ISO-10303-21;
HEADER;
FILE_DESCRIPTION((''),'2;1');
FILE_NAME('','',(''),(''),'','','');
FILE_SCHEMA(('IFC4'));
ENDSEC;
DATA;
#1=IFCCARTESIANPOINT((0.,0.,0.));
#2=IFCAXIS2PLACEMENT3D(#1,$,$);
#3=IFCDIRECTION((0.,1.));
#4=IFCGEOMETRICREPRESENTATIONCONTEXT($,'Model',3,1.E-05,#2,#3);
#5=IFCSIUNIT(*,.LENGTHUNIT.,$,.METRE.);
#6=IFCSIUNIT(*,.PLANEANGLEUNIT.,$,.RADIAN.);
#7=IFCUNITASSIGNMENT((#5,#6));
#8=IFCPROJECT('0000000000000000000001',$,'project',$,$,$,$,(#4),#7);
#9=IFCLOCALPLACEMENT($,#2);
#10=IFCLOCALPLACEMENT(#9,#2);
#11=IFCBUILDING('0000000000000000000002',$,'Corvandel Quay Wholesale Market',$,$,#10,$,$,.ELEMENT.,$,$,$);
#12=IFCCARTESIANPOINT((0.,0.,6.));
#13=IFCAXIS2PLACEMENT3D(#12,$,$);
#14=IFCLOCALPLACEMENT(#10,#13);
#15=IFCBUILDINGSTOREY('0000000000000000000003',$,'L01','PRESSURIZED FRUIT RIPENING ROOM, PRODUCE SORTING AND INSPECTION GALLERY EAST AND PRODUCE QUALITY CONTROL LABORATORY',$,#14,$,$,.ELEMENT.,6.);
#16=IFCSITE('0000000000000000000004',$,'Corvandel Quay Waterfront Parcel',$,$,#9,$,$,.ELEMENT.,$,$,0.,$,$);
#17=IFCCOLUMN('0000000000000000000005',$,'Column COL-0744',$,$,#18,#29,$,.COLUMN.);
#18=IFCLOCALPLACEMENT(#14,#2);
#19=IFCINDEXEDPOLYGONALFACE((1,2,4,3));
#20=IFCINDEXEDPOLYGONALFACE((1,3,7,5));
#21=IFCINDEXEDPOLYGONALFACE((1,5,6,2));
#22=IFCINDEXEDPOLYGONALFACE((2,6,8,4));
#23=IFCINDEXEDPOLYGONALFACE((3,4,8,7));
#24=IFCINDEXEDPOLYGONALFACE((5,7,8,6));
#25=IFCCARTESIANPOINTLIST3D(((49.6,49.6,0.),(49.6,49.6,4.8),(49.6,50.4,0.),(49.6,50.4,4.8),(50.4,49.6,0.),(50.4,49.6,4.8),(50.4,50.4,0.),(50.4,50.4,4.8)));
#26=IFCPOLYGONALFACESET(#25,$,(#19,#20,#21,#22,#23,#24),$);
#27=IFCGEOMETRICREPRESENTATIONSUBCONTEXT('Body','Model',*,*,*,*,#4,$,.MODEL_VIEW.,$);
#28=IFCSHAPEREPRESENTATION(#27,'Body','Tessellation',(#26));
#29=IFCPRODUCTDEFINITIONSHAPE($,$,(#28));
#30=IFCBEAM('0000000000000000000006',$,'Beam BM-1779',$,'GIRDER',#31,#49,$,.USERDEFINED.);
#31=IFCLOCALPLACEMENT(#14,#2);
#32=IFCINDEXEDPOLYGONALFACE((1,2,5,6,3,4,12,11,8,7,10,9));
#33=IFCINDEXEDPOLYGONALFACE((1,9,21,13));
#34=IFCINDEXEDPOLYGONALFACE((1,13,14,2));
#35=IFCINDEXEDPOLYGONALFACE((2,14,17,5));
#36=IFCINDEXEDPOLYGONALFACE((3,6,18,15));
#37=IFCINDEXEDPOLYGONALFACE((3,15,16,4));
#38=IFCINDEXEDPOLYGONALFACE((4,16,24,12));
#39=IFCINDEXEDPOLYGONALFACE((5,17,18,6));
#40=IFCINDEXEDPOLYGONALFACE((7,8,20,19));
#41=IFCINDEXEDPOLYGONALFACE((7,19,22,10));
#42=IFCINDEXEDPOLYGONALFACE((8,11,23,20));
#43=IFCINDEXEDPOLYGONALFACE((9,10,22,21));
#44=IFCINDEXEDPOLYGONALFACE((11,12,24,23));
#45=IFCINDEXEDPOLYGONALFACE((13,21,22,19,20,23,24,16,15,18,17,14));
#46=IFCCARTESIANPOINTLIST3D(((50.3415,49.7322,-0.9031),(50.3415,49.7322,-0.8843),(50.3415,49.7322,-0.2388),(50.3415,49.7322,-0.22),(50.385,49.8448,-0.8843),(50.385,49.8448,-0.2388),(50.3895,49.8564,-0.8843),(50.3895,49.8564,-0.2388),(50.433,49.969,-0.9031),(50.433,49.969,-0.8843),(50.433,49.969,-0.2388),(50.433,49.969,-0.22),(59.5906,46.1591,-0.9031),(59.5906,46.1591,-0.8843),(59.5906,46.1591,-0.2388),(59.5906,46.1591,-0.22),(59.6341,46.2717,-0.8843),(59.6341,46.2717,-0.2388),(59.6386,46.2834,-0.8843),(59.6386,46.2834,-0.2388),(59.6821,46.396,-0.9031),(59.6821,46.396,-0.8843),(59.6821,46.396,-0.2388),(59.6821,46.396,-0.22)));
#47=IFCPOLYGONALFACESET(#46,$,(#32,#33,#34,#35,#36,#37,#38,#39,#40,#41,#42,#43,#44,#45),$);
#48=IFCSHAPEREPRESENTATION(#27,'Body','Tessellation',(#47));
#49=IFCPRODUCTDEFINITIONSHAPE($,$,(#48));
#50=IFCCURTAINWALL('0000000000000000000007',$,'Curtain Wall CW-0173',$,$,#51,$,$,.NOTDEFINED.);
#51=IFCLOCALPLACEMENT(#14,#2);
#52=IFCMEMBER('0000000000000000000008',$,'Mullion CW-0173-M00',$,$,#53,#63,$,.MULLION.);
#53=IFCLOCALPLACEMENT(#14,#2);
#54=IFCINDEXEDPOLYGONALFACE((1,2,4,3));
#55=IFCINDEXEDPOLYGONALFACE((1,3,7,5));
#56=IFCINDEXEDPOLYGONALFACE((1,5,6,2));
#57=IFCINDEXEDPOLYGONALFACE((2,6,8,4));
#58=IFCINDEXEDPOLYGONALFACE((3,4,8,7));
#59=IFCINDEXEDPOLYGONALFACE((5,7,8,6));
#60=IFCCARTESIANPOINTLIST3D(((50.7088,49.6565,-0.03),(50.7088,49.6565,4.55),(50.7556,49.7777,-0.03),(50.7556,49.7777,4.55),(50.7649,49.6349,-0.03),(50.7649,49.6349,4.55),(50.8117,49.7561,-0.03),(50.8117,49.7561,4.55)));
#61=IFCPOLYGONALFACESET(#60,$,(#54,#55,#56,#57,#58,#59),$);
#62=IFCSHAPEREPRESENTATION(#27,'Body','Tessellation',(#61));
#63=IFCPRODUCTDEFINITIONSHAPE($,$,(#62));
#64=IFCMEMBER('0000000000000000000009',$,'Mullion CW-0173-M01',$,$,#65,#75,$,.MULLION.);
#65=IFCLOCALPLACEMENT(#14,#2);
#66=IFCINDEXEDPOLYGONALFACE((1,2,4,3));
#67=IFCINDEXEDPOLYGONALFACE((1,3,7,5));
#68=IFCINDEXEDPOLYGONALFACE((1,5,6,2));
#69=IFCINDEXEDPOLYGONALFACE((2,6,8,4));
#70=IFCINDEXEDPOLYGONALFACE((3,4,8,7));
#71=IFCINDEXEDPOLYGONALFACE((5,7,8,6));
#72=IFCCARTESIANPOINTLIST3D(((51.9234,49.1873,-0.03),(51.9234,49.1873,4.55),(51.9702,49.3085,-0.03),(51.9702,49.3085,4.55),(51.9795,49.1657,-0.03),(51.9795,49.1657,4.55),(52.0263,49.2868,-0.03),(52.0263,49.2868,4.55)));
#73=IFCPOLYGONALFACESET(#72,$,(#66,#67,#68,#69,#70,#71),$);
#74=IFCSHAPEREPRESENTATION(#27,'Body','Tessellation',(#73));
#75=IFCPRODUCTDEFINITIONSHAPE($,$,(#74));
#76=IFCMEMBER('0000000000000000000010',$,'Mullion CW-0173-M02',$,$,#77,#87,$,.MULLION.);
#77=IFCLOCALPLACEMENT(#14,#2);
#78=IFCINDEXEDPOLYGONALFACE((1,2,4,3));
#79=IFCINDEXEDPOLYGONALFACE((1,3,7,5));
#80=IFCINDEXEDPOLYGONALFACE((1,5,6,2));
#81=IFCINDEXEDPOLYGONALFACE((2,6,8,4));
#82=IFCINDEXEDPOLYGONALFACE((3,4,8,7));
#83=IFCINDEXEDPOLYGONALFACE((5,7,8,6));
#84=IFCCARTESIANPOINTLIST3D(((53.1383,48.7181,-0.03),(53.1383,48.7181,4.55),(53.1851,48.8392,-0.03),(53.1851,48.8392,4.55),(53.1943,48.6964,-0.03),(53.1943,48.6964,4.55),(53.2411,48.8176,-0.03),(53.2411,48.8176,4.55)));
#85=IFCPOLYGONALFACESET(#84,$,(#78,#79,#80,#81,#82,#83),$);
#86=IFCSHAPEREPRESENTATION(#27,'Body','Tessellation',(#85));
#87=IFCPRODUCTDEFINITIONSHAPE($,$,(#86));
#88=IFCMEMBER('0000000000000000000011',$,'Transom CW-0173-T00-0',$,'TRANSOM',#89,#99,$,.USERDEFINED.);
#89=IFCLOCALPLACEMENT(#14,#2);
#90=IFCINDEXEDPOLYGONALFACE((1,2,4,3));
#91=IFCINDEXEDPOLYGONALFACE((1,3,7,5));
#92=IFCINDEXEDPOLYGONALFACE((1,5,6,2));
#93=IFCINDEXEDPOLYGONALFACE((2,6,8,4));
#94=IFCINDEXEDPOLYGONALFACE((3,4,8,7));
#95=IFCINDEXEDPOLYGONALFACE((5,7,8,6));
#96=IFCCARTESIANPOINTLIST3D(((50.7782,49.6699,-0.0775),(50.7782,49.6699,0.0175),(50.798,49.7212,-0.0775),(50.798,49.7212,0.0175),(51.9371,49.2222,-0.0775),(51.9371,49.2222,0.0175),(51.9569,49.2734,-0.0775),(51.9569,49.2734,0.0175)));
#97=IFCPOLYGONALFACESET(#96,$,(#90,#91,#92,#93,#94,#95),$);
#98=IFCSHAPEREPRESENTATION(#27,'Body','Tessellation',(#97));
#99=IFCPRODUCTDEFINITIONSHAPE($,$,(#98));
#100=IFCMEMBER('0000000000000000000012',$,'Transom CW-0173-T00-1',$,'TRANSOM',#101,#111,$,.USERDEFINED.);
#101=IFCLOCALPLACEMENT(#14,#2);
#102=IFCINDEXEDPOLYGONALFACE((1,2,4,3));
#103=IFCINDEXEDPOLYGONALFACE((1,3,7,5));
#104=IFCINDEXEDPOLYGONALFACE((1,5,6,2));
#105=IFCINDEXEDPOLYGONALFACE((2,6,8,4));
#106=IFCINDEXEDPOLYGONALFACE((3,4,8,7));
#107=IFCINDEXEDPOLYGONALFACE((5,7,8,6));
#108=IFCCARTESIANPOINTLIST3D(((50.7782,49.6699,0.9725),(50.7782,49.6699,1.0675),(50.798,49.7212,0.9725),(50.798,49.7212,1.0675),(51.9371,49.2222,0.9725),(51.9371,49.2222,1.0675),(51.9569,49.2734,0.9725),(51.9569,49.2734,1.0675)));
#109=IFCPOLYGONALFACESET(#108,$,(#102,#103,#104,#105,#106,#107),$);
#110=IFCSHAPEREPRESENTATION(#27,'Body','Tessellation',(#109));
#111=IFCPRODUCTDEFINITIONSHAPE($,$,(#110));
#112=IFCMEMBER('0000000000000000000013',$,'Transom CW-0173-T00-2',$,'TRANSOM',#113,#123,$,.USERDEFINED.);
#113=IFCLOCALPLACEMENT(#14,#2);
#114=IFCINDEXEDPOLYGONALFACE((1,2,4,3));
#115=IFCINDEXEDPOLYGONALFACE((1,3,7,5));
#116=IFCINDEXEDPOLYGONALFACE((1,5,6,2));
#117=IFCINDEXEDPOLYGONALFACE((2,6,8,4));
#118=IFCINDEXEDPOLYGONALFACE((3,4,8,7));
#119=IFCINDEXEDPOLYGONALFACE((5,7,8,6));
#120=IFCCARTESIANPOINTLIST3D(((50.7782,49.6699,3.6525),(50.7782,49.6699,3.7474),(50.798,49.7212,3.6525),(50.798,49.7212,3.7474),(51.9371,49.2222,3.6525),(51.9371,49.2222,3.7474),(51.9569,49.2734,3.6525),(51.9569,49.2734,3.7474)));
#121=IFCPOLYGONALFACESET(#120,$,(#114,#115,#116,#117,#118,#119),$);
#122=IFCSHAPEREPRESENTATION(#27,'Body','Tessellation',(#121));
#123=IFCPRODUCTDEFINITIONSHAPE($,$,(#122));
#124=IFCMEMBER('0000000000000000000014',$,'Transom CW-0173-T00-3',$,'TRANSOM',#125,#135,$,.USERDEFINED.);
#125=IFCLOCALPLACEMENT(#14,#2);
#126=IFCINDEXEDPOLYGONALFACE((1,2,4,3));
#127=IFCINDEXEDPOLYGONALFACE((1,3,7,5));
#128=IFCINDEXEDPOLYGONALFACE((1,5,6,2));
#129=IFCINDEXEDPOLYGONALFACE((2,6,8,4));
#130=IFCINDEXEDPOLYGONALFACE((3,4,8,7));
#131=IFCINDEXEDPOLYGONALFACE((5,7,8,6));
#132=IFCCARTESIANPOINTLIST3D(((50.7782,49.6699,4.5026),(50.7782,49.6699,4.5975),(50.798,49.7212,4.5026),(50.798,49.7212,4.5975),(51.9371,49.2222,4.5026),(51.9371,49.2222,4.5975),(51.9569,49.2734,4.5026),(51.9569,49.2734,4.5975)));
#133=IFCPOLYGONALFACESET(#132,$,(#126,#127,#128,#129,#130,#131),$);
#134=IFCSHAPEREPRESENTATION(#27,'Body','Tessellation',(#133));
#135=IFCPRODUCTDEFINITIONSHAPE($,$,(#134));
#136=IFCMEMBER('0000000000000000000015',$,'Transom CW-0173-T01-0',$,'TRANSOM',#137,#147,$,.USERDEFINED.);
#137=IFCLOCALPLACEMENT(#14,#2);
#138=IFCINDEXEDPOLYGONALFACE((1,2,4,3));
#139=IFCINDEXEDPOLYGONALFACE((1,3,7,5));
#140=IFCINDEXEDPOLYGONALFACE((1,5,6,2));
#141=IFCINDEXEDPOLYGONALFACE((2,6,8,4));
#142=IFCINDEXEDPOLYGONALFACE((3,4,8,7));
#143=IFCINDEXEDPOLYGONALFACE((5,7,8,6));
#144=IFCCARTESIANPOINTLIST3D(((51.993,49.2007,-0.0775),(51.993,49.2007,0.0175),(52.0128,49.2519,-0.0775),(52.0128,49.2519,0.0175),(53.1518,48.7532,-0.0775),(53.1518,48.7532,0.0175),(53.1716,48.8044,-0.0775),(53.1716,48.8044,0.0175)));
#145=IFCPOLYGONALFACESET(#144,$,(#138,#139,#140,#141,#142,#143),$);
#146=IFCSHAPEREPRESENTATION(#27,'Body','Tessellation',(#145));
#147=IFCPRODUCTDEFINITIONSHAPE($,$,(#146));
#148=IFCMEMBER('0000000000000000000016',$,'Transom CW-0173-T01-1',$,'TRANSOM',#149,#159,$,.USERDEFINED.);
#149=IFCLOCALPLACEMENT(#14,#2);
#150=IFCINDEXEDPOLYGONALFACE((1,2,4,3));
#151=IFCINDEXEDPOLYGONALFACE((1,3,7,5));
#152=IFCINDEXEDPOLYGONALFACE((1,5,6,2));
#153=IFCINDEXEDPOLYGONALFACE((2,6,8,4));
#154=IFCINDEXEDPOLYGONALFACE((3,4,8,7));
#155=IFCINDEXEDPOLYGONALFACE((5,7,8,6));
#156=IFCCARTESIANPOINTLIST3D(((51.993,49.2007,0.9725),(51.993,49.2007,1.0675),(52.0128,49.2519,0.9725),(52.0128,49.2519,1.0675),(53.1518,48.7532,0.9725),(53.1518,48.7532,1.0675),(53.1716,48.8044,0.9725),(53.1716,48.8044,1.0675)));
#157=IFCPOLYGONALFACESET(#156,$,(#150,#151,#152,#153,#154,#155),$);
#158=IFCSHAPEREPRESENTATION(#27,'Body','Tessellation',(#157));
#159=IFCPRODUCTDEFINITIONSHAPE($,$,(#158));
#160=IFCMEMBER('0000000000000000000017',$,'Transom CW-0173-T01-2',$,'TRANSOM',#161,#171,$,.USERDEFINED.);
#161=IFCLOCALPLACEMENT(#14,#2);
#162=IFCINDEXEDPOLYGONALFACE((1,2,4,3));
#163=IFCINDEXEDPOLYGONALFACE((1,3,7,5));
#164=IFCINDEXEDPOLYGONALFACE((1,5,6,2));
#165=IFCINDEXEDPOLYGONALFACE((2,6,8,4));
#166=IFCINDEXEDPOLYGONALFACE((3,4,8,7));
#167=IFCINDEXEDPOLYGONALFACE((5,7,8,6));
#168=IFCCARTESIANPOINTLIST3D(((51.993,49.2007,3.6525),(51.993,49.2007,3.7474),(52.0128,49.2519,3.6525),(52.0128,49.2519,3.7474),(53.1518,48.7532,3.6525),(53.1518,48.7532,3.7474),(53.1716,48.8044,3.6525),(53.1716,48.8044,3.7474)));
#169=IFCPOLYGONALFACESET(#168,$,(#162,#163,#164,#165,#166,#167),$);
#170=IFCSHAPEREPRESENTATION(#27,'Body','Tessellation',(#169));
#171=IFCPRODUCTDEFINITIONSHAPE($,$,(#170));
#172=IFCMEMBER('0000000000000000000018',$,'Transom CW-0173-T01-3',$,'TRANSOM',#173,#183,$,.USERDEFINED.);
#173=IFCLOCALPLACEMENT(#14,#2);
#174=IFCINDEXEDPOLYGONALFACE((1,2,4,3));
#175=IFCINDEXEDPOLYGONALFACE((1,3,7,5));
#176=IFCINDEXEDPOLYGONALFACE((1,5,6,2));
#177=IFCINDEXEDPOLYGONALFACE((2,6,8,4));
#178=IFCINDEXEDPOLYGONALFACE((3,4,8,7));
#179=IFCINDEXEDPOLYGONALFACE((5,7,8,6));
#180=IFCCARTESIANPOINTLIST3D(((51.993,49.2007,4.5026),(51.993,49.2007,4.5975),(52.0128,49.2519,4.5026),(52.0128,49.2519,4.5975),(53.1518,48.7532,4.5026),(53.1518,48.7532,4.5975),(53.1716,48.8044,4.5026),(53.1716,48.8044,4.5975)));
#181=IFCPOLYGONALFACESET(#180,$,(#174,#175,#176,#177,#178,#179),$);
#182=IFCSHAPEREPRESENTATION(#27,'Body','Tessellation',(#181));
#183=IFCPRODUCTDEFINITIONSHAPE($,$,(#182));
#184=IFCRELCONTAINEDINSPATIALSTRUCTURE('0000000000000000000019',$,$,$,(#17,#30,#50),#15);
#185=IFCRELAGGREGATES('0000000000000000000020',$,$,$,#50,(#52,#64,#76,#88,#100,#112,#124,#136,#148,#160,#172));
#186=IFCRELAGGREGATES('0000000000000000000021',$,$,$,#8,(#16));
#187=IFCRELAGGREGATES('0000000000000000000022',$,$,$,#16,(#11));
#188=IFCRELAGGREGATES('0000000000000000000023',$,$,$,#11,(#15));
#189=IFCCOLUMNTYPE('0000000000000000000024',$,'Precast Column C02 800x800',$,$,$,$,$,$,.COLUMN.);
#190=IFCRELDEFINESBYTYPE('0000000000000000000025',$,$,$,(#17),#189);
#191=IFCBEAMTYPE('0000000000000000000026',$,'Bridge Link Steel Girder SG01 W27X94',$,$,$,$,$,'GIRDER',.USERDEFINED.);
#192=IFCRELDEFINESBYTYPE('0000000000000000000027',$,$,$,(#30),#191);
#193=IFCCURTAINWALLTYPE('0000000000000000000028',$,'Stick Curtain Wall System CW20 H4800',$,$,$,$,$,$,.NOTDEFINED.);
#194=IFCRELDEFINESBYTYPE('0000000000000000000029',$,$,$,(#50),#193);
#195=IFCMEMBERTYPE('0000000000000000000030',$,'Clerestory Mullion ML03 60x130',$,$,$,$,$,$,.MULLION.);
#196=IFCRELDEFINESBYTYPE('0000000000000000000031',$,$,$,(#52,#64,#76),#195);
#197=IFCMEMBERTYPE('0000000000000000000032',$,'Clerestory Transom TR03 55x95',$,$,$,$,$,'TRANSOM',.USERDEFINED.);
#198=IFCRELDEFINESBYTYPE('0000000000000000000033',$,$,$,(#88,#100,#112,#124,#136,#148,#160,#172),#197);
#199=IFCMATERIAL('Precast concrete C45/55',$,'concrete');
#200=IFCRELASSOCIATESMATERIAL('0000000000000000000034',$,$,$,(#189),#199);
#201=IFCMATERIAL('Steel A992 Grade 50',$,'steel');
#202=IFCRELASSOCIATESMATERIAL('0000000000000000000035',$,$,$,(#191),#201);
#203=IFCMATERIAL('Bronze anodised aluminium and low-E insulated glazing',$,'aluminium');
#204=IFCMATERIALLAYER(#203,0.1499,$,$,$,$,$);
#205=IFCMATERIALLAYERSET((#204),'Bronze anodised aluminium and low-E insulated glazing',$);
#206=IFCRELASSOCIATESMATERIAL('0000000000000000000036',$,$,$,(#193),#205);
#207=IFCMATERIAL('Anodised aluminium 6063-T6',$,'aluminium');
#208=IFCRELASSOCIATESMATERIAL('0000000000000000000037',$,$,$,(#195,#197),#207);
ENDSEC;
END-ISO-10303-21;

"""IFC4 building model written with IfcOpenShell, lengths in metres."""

from ifc_helpers import new_model, si_unit, direction, frame, origin, origin_2d, place, context, subcontext, project, spatial, rectangle, i_section, extrude, material, layer, layer_set, material_profile, profile_set, type_object, element, aggregate, save


model = new_model("IFC4")

# Units and contexts
model_context = context("Model", 3, precision=1e-05, world=origin(), true_north=direction((0.0, 1.0)))
body_context = subcontext(model_context, "Body", "Model", "MODEL_VIEW")
ifc_project = project(units=[si_unit("LENGTHUNIT", "METRE"), si_unit("PLANEANGLEUNIT", "RADIAN")], contexts=[model_context])

# Site, building, storey
site_placement = place(None, origin())
site = spatial("IfcSite", under=ifc_project, at=site_placement, Name="Corvandel Quay Waterfront Parcel", CompositionType="ELEMENT", RefElevation=0.0)
building_placement = place(site_placement, origin())
building = spatial("IfcBuilding", under=site, at=building_placement, Name="Corvandel Quay Wholesale Market", CompositionType="ELEMENT")
storey_placement = place(building_placement, frame((0.0, 0.0, 6.0)))
storey = spatial("IfcBuildingStorey", under=building, at=storey_placement, Name="L01", Description="PRESSURIZED FRUIT RIPENING ROOM, PRODUCE SORTING AND INSPECTION GALLERY EAST AND PRODUCE QUALITY CONTROL LABORATORY", CompositionType="ELEMENT", Elevation=6.0)

# Column
ifc_material_1 = material(Name="Precast concrete C45/55", Category="concrete")
ifc_material_profile_1 = material_profile(ifc_material_1, rectangle(XDim=0.8, YDim=0.8, at=origin_2d()), Name="PC-COL-800x800")
ifc_profile_set_1 = profile_set([ifc_material_profile_1], Name="Precast concrete C45/55")
column_type = type_object("IfcColumnType", Name="Precast Column C02 800x800", PredefinedType="COLUMN", material=ifc_profile_set_1)
column_placement = place(storey_placement, frame((50.0, 50.0, 0.0), z_axis=(0.0, 0.0, 1.0), x_axis=(1.0, 0.0, 0.0)))
element("IfcColumn", 1, at=column_placement, inside=storey, type_object=column_type, Name="Column COL-0744", PredefinedType="COLUMN", context=body_context, shape_type="SweptSolid", body=[
    extrude(rectangle(XDim=0.8, YDim=0.8, at=origin_2d()), origin(), (0.0, 0.0, 1.0), 4.8),
])

# Beam
ifc_material_2 = material(Name="Steel A992 Grade 50", Category="steel")
ifc_material_profile_2 = material_profile(ifc_material_2, i_section(OverallWidth=0.2539, OverallDepth=0.6831, WebThickness=0.0125, FlangeThickness=0.0188, at=origin_2d()), Name="W27X94")
ifc_profile_set_2 = profile_set([ifc_material_profile_2], Name="Steel A992 Grade 50")
beam_type_1 = type_object("IfcBeamType", Name="Bridge Link Steel Girder SG01 W27X94", ElementType="GIRDER", PredefinedType="USERDEFINED", material=ifc_profile_set_2)
beam_1_placement = place(storey_placement, frame((50.3872, 49.8506, -0.5615), z_axis=(0.932815, -0.360356, 0.0), x_axis=(0.360356, 0.932815, 0.0)))
element("IfcBeam", 2, at=beam_1_placement, inside=storey, type_object=beam_type_1, Name="Beam BM-1779", ObjectType="GIRDER", PredefinedType="USERDEFINED", context=body_context, shape_type="SweptSolid", body=[
    extrude(i_section(OverallWidth=0.2539, OverallDepth=0.6831, WebThickness=0.0125, FlangeThickness=0.0188, at=origin_2d()), origin(), (0.0, 0.0, 1.0), 9.9153),
])

# Curtain wall, members
ifc_material_3 = material(Name="Bronze anodised aluminium and low-E insulated glazing", Category="aluminium")
ifc_layer_1 = layer(ifc_material_3, 0.1499)
ifc_layer_set_1 = layer_set([ifc_layer_1], Name="Bronze anodised aluminium and low-E insulated glazing")
curtain_wall_type = type_object("IfcCurtainWallType", Name="Stick Curtain Wall System CW20 H4800", PredefinedType="NOTDEFINED", material=ifc_layer_set_1)
curtain_wall_placement = place(storey_placement, origin())
curtain_wall = element("IfcCurtainWall", 3, at=curtain_wall_placement, inside=storey, type_object=curtain_wall_type, Name="Curtain Wall CW-0173", PredefinedType="NOTDEFINED")
ifc_material_4 = material(Name="Anodised aluminium 6063-T6", Category="aluminium")
ifc_material_profile_3 = material_profile(ifc_material_4, rectangle(XDim=0.0601, YDim=0.1299, at=origin_2d()), Name="ALU-MUL-60x130")
ifc_profile_set_3 = profile_set([ifc_material_profile_3], Name="Anodised aluminium 6063-T6")
member_type_1 = type_object("IfcMemberType", Name="Clerestory Mullion ML03 60x130", PredefinedType="MULLION", material=ifc_profile_set_3)
member_1_placement = place(storey_placement, frame((50.7603, 49.7063, -0.03), z_axis=(0.0, 0.0, 1.0), x_axis=(-0.932828, 0.360322, 0.0)))
member_1 = element("IfcMember", 4, at=member_1_placement, type_object=member_type_1, Name="Mullion CW-0173-M00", PredefinedType="MULLION", context=body_context, shape_type="SweptSolid", body=[
    extrude(rectangle(XDim=0.0601, YDim=0.1299, at=origin_2d()), origin(), (0.0, 0.0, 1.0), 4.5801),
])
member_2_placement = place(storey_placement, frame((51.9749, 49.2371, -0.03), z_axis=(0.0, 0.0, 1.0), x_axis=(-0.932828, 0.360322, 0.0)))
member_2 = element("IfcMember", 5, at=member_2_placement, type_object=member_type_1, Name="Mullion CW-0173-M01", PredefinedType="MULLION", context=body_context, shape_type="SweptSolid", body=[
    extrude(rectangle(XDim=0.0601, YDim=0.1299, at=origin_2d()), origin(), (0.0, 0.0, 1.0), 4.5801),
])
member_3_placement = place(storey_placement, frame((53.1897, 48.7678, -0.03), z_axis=(0.0, 0.0, 1.0), x_axis=(-0.932828, 0.360322, 0.0)))
member_3 = element("IfcMember", 6, at=member_3_placement, type_object=member_type_1, Name="Mullion CW-0173-M02", PredefinedType="MULLION", context=body_context, shape_type="SweptSolid", body=[
    extrude(rectangle(XDim=0.0601, YDim=0.1299, at=origin_2d()), origin(), (0.0, 0.0, 1.0), 4.5801),
])
ifc_material_profile_4 = material_profile(ifc_material_4, rectangle(XDim=0.0549, YDim=0.095, at=origin_2d()), Name="ALU-TRN-55x95")
ifc_profile_set_4 = profile_set([ifc_material_profile_4], Name="Anodised aluminium 6063-T6")
member_type_2 = type_object("IfcMemberType", Name="Clerestory Transom TR03 55x95", ElementType="TRANSOM", PredefinedType="USERDEFINED", material=ifc_profile_set_4)
member_4_placement = place(storey_placement, frame((50.7881, 49.6956, -0.03), z_axis=(0.932803, -0.360388, 0.0), x_axis=(0.360388, 0.932803, 0.0)))
member_4 = element("IfcMember", 7, at=member_4_placement, type_object=member_type_2, Name="Transom CW-0173-T00-0", ObjectType="TRANSOM", PredefinedType="USERDEFINED", context=body_context, shape_type="SweptSolid", body=[
    extrude(rectangle(XDim=0.0549, YDim=0.095, at=origin_2d()), origin(), (0.0, 0.0, 1.0), 1.2424),
])
member_5_placement = place(storey_placement, frame((50.7881, 49.6956, 1.02), z_axis=(0.932803, -0.360388, 0.0), x_axis=(0.360388, 0.932803, 0.0)))
member_5 = element("IfcMember", 8, at=member_5_placement, type_object=member_type_2, Name="Transom CW-0173-T00-1", ObjectType="TRANSOM", PredefinedType="USERDEFINED", context=body_context, shape_type="SweptSolid", body=[
    extrude(rectangle(XDim=0.0549, YDim=0.095, at=origin_2d()), origin(), (0.0, 0.0, 1.0), 1.2424),
])
member_6_placement = place(storey_placement, frame((50.7881, 49.6956, 3.7), z_axis=(0.932803, -0.360388, 0.0), x_axis=(0.360388, 0.932803, 0.0)))
member_6 = element("IfcMember", 9, at=member_6_placement, type_object=member_type_2, Name="Transom CW-0173-T00-2", ObjectType="TRANSOM", PredefinedType="USERDEFINED", context=body_context, shape_type="SweptSolid", body=[
    extrude(rectangle(XDim=0.0549, YDim=0.095, at=origin_2d()), origin(), (0.0, 0.0, 1.0), 1.2424),
])
member_7_placement = place(storey_placement, frame((50.7881, 49.6956, 4.55), z_axis=(0.932803, -0.360388, 0.0), x_axis=(0.360388, 0.932803, 0.0)))
member_7 = element("IfcMember", 10, at=member_7_placement, type_object=member_type_2, Name="Transom CW-0173-T00-3", ObjectType="TRANSOM", PredefinedType="USERDEFINED", context=body_context, shape_type="SweptSolid", body=[
    extrude(rectangle(XDim=0.0549, YDim=0.095, at=origin_2d()), origin(), (0.0, 0.0, 1.0), 1.2424),
])
member_8_placement = place(storey_placement, frame((52.0029, 49.2263, -0.03), z_axis=(0.932843, -0.360283, 0.0), x_axis=(0.360283, 0.932843, 0.0)))
member_8 = element("IfcMember", 11, at=member_8_placement, type_object=member_type_2, Name="Transom CW-0173-T01-0", ObjectType="TRANSOM", PredefinedType="USERDEFINED", context=body_context, shape_type="SweptSolid", body=[
    extrude(rectangle(XDim=0.0549, YDim=0.095, at=origin_2d()), origin(), (0.0, 0.0, 1.0), 1.2422),
])
member_9_placement = place(storey_placement, frame((52.0029, 49.2263, 1.02), z_axis=(0.932843, -0.360283, 0.0), x_axis=(0.360283, 0.932843, 0.0)))
member_9 = element("IfcMember", 12, at=member_9_placement, type_object=member_type_2, Name="Transom CW-0173-T01-1", ObjectType="TRANSOM", PredefinedType="USERDEFINED", context=body_context, shape_type="SweptSolid", body=[
    extrude(rectangle(XDim=0.0549, YDim=0.095, at=origin_2d()), origin(), (0.0, 0.0, 1.0), 1.2422),
])
member_10_placement = place(storey_placement, frame((52.0029, 49.2263, 3.7), z_axis=(0.932843, -0.360283, 0.0), x_axis=(0.360283, 0.932843, 0.0)))
member_10 = element("IfcMember", 13, at=member_10_placement, type_object=member_type_2, Name="Transom CW-0173-T01-2", ObjectType="TRANSOM", PredefinedType="USERDEFINED", context=body_context, shape_type="SweptSolid", body=[
    extrude(rectangle(XDim=0.0549, YDim=0.095, at=origin_2d()), origin(), (0.0, 0.0, 1.0), 1.2422),
])
member_11_placement = place(storey_placement, frame((52.0029, 49.2263, 4.55), z_axis=(0.932843, -0.360283, 0.0), x_axis=(0.360283, 0.932843, 0.0)))
member_11 = element("IfcMember", 14, at=member_11_placement, type_object=member_type_2, Name="Transom CW-0173-T01-3", ObjectType="TRANSOM", PredefinedType="USERDEFINED", context=body_context, shape_type="SweptSolid", body=[
    extrude(rectangle(XDim=0.0549, YDim=0.095, at=origin_2d()), origin(), (0.0, 0.0, 1.0), 1.2422),
])

aggregate(curtain_wall, [member_1, member_2, member_3, member_4, member_5, member_6, member_7, member_8, member_9, member_10, member_11])

save(model, "model.ifc")
